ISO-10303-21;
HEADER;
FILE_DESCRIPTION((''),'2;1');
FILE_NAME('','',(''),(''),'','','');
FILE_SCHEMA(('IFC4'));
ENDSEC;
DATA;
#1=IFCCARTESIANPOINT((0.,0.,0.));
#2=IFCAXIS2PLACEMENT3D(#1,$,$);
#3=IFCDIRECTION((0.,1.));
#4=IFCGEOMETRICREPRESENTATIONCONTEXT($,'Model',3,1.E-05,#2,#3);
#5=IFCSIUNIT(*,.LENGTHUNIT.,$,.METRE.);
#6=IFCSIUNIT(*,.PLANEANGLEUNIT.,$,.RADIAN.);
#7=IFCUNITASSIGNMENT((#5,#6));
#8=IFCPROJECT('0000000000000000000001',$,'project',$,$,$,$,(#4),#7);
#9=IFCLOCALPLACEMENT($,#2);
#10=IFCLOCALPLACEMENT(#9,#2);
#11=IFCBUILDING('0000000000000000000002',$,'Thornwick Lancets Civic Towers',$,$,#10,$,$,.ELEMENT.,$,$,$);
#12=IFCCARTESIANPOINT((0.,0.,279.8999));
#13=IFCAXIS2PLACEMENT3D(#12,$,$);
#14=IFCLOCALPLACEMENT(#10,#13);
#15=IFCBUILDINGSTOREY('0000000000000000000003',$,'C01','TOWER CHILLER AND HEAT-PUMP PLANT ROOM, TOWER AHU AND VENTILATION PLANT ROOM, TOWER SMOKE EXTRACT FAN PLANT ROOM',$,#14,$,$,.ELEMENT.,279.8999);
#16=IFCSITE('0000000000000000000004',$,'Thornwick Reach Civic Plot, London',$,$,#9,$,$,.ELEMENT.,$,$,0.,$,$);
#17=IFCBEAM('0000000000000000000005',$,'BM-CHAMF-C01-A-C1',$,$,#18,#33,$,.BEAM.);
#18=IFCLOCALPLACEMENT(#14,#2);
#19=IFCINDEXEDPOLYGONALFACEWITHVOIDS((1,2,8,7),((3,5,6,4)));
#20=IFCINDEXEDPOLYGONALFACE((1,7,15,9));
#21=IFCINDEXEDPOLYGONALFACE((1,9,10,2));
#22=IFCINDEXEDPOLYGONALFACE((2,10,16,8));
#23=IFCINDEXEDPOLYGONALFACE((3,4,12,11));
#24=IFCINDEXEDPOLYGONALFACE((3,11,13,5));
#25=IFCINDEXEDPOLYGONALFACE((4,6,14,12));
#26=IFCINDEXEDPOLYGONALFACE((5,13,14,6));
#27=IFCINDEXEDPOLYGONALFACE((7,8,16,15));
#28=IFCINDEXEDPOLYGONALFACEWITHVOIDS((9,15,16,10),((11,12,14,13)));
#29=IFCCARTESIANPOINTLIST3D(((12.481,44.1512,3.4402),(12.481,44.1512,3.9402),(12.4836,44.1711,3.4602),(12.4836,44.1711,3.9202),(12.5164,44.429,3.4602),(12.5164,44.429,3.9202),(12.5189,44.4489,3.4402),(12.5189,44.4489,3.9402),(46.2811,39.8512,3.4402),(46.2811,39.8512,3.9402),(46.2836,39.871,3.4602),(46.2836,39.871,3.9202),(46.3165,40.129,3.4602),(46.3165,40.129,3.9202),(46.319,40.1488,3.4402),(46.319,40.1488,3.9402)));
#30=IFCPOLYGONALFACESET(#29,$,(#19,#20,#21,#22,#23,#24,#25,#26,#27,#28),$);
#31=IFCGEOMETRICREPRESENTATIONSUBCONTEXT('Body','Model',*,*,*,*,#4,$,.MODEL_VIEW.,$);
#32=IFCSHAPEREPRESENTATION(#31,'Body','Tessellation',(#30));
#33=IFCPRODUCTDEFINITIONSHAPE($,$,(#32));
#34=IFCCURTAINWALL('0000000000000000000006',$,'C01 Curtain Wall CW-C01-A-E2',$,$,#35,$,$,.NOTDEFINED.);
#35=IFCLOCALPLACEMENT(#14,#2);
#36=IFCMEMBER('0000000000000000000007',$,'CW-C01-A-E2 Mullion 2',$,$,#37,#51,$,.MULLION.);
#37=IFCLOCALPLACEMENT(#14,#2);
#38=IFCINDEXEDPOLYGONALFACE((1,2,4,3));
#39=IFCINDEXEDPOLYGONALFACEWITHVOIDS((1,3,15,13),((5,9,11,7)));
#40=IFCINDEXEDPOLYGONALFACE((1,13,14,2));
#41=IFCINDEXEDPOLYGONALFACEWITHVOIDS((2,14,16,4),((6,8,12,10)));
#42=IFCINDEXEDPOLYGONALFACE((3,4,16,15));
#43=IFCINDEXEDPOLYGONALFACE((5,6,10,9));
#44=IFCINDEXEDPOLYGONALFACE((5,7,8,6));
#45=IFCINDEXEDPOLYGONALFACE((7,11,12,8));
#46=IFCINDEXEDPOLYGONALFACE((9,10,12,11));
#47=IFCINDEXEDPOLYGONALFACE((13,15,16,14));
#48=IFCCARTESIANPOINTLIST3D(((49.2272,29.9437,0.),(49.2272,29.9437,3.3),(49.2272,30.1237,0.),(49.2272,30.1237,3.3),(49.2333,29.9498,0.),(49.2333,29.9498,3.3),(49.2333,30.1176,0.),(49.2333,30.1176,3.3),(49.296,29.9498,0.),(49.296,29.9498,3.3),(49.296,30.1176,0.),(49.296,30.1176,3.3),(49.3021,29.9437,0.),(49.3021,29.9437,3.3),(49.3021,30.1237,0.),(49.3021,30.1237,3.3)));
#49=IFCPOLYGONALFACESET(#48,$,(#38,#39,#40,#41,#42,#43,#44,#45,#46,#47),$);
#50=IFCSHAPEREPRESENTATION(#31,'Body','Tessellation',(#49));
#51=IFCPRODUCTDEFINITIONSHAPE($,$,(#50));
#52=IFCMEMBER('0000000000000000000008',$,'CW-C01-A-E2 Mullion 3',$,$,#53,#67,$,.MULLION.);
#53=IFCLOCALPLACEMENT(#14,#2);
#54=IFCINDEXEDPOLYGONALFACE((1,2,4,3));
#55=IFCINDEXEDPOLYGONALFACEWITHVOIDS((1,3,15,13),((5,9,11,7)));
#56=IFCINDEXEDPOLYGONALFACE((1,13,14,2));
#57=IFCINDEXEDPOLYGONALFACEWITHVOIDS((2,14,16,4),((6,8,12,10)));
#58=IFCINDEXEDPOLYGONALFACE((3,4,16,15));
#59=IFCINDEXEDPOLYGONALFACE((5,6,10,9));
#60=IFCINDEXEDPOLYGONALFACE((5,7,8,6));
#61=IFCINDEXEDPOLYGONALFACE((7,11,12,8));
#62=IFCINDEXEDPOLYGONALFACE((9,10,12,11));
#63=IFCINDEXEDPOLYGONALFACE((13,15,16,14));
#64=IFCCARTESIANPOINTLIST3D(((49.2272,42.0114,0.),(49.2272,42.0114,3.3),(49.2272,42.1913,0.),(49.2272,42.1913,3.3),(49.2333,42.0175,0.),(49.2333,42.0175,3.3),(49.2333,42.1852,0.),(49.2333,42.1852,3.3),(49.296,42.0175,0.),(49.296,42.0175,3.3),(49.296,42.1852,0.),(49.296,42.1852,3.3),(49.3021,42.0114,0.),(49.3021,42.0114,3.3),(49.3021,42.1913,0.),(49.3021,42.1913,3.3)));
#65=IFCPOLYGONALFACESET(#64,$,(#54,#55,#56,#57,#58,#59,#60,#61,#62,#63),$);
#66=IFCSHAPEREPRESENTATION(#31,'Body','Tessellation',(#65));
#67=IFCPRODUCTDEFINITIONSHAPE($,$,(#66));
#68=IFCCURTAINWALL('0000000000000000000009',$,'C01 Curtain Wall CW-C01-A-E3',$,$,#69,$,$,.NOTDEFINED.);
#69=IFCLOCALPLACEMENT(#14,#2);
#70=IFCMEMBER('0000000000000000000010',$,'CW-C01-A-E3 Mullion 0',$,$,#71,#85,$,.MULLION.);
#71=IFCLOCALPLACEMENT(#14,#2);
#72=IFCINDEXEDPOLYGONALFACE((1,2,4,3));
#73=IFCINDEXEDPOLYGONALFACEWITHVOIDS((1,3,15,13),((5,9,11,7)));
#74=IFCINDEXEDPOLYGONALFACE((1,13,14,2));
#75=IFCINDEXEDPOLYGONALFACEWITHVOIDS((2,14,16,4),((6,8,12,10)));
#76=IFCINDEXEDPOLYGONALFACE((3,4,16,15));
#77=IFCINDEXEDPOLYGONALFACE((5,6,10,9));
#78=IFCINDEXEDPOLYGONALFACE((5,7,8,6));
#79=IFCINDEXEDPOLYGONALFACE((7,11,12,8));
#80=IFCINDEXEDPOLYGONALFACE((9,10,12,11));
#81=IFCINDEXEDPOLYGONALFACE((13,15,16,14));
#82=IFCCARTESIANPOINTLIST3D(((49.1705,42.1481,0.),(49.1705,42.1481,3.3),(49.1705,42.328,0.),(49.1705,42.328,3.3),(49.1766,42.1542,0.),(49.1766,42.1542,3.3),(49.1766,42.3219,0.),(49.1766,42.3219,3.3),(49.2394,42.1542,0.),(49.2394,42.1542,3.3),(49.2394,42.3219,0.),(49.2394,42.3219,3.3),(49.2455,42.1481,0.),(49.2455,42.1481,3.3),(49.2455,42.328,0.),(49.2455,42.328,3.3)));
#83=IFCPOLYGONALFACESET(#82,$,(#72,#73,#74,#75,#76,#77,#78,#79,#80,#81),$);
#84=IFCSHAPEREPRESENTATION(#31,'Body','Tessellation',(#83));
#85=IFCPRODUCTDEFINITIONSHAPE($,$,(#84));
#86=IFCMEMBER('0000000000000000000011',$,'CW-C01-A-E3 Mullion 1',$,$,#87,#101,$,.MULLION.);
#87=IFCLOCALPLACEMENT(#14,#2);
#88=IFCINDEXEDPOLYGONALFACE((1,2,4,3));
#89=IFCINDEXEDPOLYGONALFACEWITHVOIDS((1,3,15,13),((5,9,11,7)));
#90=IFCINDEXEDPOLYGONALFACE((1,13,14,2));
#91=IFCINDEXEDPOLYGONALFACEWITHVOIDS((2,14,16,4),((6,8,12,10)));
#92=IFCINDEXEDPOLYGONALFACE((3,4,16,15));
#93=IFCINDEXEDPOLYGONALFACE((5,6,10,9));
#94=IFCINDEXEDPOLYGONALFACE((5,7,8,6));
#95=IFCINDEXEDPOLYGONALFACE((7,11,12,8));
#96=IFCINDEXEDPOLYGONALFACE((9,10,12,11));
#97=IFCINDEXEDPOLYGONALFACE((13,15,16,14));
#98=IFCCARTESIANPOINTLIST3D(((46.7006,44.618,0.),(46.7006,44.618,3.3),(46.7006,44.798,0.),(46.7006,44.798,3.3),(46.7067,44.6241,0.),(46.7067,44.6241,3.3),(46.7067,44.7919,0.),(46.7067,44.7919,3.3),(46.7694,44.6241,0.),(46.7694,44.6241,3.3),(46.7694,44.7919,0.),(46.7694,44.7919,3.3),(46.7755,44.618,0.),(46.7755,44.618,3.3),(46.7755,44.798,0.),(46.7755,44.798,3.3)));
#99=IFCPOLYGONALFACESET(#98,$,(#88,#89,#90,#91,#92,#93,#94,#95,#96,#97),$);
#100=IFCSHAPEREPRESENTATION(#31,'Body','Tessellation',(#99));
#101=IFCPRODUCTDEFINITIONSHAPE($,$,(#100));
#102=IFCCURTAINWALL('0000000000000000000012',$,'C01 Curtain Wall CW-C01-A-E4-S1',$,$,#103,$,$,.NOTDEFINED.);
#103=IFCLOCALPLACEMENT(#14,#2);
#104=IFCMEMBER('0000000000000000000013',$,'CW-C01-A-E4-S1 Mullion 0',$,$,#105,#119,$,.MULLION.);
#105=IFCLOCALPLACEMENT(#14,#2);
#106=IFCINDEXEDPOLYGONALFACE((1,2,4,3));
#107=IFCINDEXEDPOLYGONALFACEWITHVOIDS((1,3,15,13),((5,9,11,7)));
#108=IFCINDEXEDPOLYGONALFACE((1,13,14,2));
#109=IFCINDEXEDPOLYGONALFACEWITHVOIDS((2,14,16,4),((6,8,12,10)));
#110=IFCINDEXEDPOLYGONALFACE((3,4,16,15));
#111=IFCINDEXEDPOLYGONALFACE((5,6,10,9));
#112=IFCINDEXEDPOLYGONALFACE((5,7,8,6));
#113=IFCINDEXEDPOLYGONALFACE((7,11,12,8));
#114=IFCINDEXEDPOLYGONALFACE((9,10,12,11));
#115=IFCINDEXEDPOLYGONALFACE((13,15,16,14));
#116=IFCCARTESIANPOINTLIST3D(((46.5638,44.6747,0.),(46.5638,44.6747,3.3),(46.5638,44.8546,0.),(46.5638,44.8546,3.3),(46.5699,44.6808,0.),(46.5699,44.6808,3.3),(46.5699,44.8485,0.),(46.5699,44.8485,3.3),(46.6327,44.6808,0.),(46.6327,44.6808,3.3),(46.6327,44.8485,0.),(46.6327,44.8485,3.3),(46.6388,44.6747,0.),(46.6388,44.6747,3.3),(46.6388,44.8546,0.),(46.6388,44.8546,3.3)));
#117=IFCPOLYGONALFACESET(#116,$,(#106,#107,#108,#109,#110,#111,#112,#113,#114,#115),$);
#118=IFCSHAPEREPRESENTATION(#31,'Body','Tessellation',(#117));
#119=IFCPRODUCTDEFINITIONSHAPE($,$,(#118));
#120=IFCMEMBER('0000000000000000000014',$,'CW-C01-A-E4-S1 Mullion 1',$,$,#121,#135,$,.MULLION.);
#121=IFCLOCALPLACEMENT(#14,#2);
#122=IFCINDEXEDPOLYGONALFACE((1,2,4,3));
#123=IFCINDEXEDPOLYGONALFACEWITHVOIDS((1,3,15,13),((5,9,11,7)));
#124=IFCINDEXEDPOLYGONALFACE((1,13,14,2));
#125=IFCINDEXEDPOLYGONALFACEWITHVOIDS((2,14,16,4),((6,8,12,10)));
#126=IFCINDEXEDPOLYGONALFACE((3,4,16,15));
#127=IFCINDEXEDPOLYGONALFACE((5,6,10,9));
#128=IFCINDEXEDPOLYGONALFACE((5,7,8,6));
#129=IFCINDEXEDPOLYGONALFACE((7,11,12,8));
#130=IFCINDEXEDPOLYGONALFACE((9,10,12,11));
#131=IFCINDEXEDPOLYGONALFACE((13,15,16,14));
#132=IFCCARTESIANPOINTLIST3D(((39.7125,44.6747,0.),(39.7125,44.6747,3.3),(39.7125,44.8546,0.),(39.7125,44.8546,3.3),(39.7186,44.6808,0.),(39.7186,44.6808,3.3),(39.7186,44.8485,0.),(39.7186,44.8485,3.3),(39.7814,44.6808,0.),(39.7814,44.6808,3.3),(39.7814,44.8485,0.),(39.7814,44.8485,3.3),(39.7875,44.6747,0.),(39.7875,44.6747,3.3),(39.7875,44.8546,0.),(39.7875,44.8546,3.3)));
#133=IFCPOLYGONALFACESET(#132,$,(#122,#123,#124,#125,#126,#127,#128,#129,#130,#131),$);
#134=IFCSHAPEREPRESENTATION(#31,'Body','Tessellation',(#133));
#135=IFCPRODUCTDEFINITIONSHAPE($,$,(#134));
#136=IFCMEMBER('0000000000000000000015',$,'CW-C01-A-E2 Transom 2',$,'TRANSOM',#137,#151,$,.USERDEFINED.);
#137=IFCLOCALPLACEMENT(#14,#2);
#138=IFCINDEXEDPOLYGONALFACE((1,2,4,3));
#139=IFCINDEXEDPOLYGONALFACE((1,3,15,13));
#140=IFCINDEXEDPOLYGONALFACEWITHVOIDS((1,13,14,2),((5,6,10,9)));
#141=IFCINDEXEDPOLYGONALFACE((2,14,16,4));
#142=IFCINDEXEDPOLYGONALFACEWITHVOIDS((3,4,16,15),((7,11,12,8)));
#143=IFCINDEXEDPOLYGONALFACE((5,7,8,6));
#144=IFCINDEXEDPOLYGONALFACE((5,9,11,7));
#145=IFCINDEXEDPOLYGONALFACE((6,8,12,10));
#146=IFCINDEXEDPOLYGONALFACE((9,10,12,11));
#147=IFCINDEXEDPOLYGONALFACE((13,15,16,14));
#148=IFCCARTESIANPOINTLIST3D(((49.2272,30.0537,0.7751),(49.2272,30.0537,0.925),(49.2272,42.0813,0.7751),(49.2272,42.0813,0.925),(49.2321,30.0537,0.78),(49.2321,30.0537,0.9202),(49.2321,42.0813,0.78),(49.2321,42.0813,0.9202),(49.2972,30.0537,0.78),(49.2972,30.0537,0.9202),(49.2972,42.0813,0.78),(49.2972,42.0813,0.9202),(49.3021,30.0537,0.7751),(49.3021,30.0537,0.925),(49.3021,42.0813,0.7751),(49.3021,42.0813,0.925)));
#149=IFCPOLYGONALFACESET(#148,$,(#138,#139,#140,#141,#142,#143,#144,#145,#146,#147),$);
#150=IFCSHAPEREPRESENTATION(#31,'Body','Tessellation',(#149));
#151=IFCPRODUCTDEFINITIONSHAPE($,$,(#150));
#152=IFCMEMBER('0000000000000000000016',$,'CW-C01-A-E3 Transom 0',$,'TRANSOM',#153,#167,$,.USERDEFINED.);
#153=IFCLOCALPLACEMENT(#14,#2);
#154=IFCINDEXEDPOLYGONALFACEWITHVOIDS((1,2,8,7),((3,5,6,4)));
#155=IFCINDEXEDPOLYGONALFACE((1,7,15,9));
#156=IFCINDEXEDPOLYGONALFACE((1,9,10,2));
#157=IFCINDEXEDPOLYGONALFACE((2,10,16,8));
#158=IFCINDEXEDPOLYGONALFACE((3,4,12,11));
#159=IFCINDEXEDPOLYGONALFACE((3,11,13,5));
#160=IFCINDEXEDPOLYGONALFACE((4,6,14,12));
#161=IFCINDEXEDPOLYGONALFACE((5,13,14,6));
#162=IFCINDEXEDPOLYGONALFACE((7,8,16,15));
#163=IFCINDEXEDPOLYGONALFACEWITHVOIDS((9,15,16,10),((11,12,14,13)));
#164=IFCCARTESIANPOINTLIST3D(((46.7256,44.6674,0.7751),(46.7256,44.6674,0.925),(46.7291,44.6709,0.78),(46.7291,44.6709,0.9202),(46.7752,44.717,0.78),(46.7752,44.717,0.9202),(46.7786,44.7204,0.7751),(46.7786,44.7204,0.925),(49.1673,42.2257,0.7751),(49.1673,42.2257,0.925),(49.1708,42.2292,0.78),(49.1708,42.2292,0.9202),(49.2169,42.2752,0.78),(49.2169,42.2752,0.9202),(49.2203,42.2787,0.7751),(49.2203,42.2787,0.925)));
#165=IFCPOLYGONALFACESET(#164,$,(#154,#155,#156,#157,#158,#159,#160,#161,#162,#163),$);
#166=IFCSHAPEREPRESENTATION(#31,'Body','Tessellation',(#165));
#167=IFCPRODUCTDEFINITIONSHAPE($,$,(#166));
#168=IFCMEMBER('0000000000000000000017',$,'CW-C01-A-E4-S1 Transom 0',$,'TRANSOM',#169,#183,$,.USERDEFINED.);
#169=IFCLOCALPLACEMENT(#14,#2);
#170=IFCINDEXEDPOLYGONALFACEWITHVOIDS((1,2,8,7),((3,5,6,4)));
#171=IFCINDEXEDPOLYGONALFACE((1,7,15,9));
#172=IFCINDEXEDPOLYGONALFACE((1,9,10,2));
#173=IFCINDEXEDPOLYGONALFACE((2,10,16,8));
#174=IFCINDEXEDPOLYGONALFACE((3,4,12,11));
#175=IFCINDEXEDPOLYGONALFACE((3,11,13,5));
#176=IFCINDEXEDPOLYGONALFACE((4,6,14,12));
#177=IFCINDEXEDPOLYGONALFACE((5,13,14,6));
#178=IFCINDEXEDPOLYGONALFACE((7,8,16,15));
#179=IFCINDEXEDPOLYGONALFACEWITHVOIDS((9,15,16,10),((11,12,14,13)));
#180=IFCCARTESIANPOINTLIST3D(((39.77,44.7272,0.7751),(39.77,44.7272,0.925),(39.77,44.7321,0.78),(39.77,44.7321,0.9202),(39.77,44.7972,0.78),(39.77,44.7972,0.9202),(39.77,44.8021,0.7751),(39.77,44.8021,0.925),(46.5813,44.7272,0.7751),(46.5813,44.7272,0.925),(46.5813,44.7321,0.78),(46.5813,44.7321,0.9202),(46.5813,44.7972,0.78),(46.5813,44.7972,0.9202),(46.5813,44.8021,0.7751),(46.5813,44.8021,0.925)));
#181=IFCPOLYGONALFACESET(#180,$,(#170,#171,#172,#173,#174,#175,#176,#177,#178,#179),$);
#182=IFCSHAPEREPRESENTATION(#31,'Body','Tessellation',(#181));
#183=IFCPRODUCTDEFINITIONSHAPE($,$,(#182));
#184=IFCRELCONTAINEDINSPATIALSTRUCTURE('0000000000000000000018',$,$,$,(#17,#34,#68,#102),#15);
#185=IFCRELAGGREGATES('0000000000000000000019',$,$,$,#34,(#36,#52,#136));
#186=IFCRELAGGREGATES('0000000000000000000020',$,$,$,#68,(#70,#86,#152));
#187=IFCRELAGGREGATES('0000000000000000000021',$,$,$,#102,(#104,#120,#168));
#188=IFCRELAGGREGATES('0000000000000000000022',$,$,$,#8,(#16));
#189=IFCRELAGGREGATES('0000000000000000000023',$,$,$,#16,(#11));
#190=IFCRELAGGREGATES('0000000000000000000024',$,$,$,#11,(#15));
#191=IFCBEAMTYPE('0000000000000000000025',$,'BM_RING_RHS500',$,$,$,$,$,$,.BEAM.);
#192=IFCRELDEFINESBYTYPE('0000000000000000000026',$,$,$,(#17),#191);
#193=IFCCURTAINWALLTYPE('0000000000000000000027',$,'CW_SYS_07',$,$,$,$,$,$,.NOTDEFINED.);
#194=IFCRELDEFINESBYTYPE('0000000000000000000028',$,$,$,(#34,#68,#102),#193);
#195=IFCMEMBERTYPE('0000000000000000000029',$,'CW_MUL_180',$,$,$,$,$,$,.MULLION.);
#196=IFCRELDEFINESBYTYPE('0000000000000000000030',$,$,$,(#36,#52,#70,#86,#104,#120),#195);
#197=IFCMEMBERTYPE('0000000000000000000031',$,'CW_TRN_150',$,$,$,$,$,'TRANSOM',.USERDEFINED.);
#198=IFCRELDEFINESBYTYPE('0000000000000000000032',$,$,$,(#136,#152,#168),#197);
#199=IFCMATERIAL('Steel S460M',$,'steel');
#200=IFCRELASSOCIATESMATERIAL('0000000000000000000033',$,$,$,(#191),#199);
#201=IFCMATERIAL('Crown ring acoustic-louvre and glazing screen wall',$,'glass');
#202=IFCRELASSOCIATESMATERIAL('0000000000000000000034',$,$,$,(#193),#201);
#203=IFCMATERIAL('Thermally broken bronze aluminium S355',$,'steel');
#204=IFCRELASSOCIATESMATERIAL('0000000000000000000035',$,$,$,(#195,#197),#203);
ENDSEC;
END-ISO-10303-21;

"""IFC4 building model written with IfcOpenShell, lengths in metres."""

from ifc_helpers import new_model, si_unit, direction, frame, origin, origin_2d, place, context, subcontext, project, spatial, hollow_rectangle, extrude, material, material_profile, profile_set, type_object, element, aggregate, save


model = new_model("IFC4")

# Units and contexts
model_context = context("Model", 3, precision=1e-05, world=origin(), true_north=direction((0.0, 1.0)))
body_context = subcontext(model_context, "Body", "Model", "MODEL_VIEW")
ifc_project = project(units=[si_unit("LENGTHUNIT", "METRE"), si_unit("PLANEANGLEUNIT", "RADIAN")], contexts=[model_context])

# Site, building, storey
site_placement = place(None, origin())
site = spatial("IfcSite", under=ifc_project, at=site_placement, Name="Thornwick Reach Civic Plot, London", CompositionType="ELEMENT", RefElevation=0.0)
building_placement = place(site_placement, origin())
building = spatial("IfcBuilding", under=site, at=building_placement, Name="Thornwick Lancets Civic Towers", CompositionType="ELEMENT")
storey_placement = place(building_placement, frame((0.0, 0.0, 279.8999)))
storey = spatial("IfcBuildingStorey", under=building, at=storey_placement, Name="C01", Description="TOWER CHILLER AND HEAT-PUMP PLANT ROOM, TOWER AHU AND VENTILATION PLANT ROOM, TOWER SMOKE EXTRACT FAN PLANT ROOM", CompositionType="ELEMENT", Elevation=279.8999)

# Beam
ifc_material_1 = material(Name="Steel S460M", Category="steel")
ifc_material_profile_1 = material_profile(ifc_material_1, hollow_rectangle(XDim=0.3, YDim=0.5, WallThickness=0.02, at=origin_2d()), Name="RHS 500x300x20")
ifc_profile_set_1 = profile_set([ifc_material_profile_1], Name="Steel S460M")
beam_type_1 = type_object("IfcBeamType", Name="BM_RING_RHS500", PredefinedType="BEAM", material=ifc_profile_set_1)
beam_1_placement = place(storey_placement, frame((46.3, 40.0, 3.6902), z_axis=(-0.992004, 0.126203, 0.0), x_axis=(-0.126203, -0.992004, 0.0)))
element("IfcBeam", 1, at=beam_1_placement, inside=storey, type_object=beam_type_1, Name="BM-CHAMF-C01-A-C1", PredefinedType="BEAM", context=body_context, shape_type="SweptSolid", body=[
    extrude(hollow_rectangle(XDim=0.3, YDim=0.5, WallThickness=0.02, at=origin_2d()), origin(), (0.0, 0.0, 1.0), 34.0725),
])

# Curtain walls, members
ifc_material_2 = material(Name="Crown ring acoustic-louvre and glazing screen wall", Category="glass")
curtain_wall_type = type_object("IfcCurtainWallType", Name="CW_SYS_07", PredefinedType="NOTDEFINED", material=ifc_material_2)
curtain_wall_1_placement = place(storey_placement, origin())
curtain_wall_1 = element("IfcCurtainWall", 2, at=curtain_wall_1_placement, inside=storey, type_object=curtain_wall_type, Name="C01 Curtain Wall CW-C01-A-E2", PredefinedType="NOTDEFINED")
ifc_material_3 = material(Name="Thermally broken bronze aluminium S355", Category="steel")
ifc_material_profile_2 = material_profile(ifc_material_3, hollow_rectangle(XDim=0.075, YDim=0.1799, WallThickness=0.0061, at=origin_2d()), Name="RHS 180x75x6")
ifc_profile_set_2 = profile_set([ifc_material_profile_2], Name="Thermally broken bronze aluminium S355")
member_type_1 = type_object("IfcMemberType", Name="CW_MUL_180", PredefinedType="MULLION", material=ifc_profile_set_2)
member_1_placement = place(storey_placement, frame((49.2646, 30.0337, 0.0), z_axis=(0.0, 0.0, 1.0), x_axis=(1.0, 0.0, 0.0)))
member_1 = element("IfcMember", 3, at=member_1_placement, type_object=member_type_1, Name="CW-C01-A-E2 Mullion 2", PredefinedType="MULLION", context=body_context, shape_type="SweptSolid", body=[
    extrude(hollow_rectangle(XDim=0.075, YDim=0.1799, WallThickness=0.0061, at=origin_2d()), origin(), (0.0, 0.0, 1.0), 3.3),
])
member_2_placement = place(storey_placement, frame((49.2646, 42.1013, 0.0), z_axis=(0.0, 0.0, 1.0), x_axis=(1.0, 0.0, 0.0)))
member_2 = element("IfcMember", 4, at=member_2_placement, type_object=member_type_1, Name="CW-C01-A-E2 Mullion 3", PredefinedType="MULLION", context=body_context, shape_type="SweptSolid", body=[
    extrude(hollow_rectangle(XDim=0.075, YDim=0.1799, WallThickness=0.0061, at=origin_2d()), origin(), (0.0, 0.0, 1.0), 3.3),
])
curtain_wall_2_placement = place(storey_placement, origin())
curtain_wall_2 = element("IfcCurtainWall", 5, at=curtain_wall_2_placement, inside=storey, type_object=curtain_wall_type, Name="C01 Curtain Wall CW-C01-A-E3", PredefinedType="NOTDEFINED")
member_3_placement = place(storey_placement, frame((49.208, 42.238, 0.0), z_axis=(0.0, 0.0, 1.0), x_axis=(1.0, 0.0, 0.0)))
member_3 = element("IfcMember", 6, at=member_3_placement, type_object=member_type_1, Name="CW-C01-A-E3 Mullion 0", PredefinedType="MULLION", context=body_context, shape_type="SweptSolid", body=[
    extrude(hollow_rectangle(XDim=0.075, YDim=0.1799, WallThickness=0.0061, at=origin_2d()), origin(), (0.0, 0.0, 1.0), 3.3),
])
member_4_placement = place(storey_placement, frame((46.738, 44.708, 0.0), z_axis=(0.0, 0.0, 1.0), x_axis=(1.0, 0.0, 0.0)))
member_4 = element("IfcMember", 7, at=member_4_placement, type_object=member_type_1, Name="CW-C01-A-E3 Mullion 1", PredefinedType="MULLION", context=body_context, shape_type="SweptSolid", body=[
    extrude(hollow_rectangle(XDim=0.075, YDim=0.1799, WallThickness=0.0061, at=origin_2d()), origin(), (0.0, 0.0, 1.0), 3.3),
])
curtain_wall_3_placement = place(storey_placement, origin())
curtain_wall_3 = element("IfcCurtainWall", 8, at=curtain_wall_3_placement, inside=storey, type_object=curtain_wall_type, Name="C01 Curtain Wall CW-C01-A-E4-S1", PredefinedType="NOTDEFINED")
member_5_placement = place(storey_placement, frame((46.6013, 44.7646, 0.0), z_axis=(0.0, 0.0, 1.0), x_axis=(1.0, 0.0, 0.0)))
member_5 = element("IfcMember", 9, at=member_5_placement, type_object=member_type_1, Name="CW-C01-A-E4-S1 Mullion 0", PredefinedType="MULLION", context=body_context, shape_type="SweptSolid", body=[
    extrude(hollow_rectangle(XDim=0.075, YDim=0.1799, WallThickness=0.0061, at=origin_2d()), origin(), (0.0, 0.0, 1.0), 3.3),
])
member_6_placement = place(storey_placement, frame((39.75, 44.7646, 0.0), z_axis=(0.0, 0.0, 1.0), x_axis=(1.0, 0.0, 0.0)))
member_6 = element("IfcMember", 10, at=member_6_placement, type_object=member_type_1, Name="CW-C01-A-E4-S1 Mullion 1", PredefinedType="MULLION", context=body_context, shape_type="SweptSolid", body=[
    extrude(hollow_rectangle(XDim=0.075, YDim=0.1799, WallThickness=0.0061, at=origin_2d()), origin(), (0.0, 0.0, 1.0), 3.3),
])

# Members
ifc_material_profile_3 = material_profile(ifc_material_3, hollow_rectangle(XDim=0.075, YDim=0.1499, WallThickness=0.0049, at=origin_2d()), Name="RHS 150x75x5")
ifc_profile_set_3 = profile_set([ifc_material_profile_3], Name="Thermally broken bronze aluminium S355")
member_type_2 = type_object("IfcMemberType", Name="CW_TRN_150", ElementType="TRANSOM", PredefinedType="USERDEFINED", material=ifc_profile_set_3)
member_7_placement = place(storey_placement, frame((49.2646, 30.0537, 0.8501), z_axis=(0.0, 1.0, 0.0), x_axis=(-1.0, 0.0, 0.0)))
member_7 = element("IfcMember", 11, at=member_7_placement, type_object=member_type_2, Name="CW-C01-A-E2 Transom 2", ObjectType="TRANSOM", PredefinedType="USERDEFINED", context=body_context, shape_type="SweptSolid", body=[
    extrude(hollow_rectangle(XDim=0.075, YDim=0.1499, WallThickness=0.0049, at=origin_2d()), origin(), (0.0, 0.0, 1.0), 12.0276),
])
aggregate(curtain_wall_1, [member_1, member_2, member_7])
member_8_placement = place(storey_placement, frame((49.1938, 42.2522, 0.8501), z_axis=(-0.707107, 0.707107, 0.0), x_axis=(-0.707107, -0.707107, 0.0)))
member_8 = element("IfcMember", 12, at=member_8_placement, type_object=member_type_2, Name="CW-C01-A-E3 Transom 0", ObjectType="TRANSOM", PredefinedType="USERDEFINED", context=body_context, shape_type="SweptSolid", body=[
    extrude(hollow_rectangle(XDim=0.075, YDim=0.1499, WallThickness=0.0049, at=origin_2d()), origin(), (0.0, 0.0, 1.0), 3.4531),
])
member_9_placement = place(storey_placement, frame((46.5813, 44.7646, 0.8501), z_axis=(-1.0, 0.0, 0.0), x_axis=(0.0, -1.0, 0.0)))
member_9 = element("IfcMember", 13, at=member_9_placement, type_object=member_type_2, Name="CW-C01-A-E4-S1 Transom 0", ObjectType="TRANSOM", PredefinedType="USERDEFINED", context=body_context, shape_type="SweptSolid", body=[
    extrude(hollow_rectangle(XDim=0.075, YDim=0.1499, WallThickness=0.0049, at=origin_2d()), origin(), (0.0, 0.0, 1.0), 6.8113),
])

aggregate(curtain_wall_2, [member_3, member_4, member_8])
aggregate(curtain_wall_3, [member_5, member_6, member_9])

save(model, "model.ifc")
